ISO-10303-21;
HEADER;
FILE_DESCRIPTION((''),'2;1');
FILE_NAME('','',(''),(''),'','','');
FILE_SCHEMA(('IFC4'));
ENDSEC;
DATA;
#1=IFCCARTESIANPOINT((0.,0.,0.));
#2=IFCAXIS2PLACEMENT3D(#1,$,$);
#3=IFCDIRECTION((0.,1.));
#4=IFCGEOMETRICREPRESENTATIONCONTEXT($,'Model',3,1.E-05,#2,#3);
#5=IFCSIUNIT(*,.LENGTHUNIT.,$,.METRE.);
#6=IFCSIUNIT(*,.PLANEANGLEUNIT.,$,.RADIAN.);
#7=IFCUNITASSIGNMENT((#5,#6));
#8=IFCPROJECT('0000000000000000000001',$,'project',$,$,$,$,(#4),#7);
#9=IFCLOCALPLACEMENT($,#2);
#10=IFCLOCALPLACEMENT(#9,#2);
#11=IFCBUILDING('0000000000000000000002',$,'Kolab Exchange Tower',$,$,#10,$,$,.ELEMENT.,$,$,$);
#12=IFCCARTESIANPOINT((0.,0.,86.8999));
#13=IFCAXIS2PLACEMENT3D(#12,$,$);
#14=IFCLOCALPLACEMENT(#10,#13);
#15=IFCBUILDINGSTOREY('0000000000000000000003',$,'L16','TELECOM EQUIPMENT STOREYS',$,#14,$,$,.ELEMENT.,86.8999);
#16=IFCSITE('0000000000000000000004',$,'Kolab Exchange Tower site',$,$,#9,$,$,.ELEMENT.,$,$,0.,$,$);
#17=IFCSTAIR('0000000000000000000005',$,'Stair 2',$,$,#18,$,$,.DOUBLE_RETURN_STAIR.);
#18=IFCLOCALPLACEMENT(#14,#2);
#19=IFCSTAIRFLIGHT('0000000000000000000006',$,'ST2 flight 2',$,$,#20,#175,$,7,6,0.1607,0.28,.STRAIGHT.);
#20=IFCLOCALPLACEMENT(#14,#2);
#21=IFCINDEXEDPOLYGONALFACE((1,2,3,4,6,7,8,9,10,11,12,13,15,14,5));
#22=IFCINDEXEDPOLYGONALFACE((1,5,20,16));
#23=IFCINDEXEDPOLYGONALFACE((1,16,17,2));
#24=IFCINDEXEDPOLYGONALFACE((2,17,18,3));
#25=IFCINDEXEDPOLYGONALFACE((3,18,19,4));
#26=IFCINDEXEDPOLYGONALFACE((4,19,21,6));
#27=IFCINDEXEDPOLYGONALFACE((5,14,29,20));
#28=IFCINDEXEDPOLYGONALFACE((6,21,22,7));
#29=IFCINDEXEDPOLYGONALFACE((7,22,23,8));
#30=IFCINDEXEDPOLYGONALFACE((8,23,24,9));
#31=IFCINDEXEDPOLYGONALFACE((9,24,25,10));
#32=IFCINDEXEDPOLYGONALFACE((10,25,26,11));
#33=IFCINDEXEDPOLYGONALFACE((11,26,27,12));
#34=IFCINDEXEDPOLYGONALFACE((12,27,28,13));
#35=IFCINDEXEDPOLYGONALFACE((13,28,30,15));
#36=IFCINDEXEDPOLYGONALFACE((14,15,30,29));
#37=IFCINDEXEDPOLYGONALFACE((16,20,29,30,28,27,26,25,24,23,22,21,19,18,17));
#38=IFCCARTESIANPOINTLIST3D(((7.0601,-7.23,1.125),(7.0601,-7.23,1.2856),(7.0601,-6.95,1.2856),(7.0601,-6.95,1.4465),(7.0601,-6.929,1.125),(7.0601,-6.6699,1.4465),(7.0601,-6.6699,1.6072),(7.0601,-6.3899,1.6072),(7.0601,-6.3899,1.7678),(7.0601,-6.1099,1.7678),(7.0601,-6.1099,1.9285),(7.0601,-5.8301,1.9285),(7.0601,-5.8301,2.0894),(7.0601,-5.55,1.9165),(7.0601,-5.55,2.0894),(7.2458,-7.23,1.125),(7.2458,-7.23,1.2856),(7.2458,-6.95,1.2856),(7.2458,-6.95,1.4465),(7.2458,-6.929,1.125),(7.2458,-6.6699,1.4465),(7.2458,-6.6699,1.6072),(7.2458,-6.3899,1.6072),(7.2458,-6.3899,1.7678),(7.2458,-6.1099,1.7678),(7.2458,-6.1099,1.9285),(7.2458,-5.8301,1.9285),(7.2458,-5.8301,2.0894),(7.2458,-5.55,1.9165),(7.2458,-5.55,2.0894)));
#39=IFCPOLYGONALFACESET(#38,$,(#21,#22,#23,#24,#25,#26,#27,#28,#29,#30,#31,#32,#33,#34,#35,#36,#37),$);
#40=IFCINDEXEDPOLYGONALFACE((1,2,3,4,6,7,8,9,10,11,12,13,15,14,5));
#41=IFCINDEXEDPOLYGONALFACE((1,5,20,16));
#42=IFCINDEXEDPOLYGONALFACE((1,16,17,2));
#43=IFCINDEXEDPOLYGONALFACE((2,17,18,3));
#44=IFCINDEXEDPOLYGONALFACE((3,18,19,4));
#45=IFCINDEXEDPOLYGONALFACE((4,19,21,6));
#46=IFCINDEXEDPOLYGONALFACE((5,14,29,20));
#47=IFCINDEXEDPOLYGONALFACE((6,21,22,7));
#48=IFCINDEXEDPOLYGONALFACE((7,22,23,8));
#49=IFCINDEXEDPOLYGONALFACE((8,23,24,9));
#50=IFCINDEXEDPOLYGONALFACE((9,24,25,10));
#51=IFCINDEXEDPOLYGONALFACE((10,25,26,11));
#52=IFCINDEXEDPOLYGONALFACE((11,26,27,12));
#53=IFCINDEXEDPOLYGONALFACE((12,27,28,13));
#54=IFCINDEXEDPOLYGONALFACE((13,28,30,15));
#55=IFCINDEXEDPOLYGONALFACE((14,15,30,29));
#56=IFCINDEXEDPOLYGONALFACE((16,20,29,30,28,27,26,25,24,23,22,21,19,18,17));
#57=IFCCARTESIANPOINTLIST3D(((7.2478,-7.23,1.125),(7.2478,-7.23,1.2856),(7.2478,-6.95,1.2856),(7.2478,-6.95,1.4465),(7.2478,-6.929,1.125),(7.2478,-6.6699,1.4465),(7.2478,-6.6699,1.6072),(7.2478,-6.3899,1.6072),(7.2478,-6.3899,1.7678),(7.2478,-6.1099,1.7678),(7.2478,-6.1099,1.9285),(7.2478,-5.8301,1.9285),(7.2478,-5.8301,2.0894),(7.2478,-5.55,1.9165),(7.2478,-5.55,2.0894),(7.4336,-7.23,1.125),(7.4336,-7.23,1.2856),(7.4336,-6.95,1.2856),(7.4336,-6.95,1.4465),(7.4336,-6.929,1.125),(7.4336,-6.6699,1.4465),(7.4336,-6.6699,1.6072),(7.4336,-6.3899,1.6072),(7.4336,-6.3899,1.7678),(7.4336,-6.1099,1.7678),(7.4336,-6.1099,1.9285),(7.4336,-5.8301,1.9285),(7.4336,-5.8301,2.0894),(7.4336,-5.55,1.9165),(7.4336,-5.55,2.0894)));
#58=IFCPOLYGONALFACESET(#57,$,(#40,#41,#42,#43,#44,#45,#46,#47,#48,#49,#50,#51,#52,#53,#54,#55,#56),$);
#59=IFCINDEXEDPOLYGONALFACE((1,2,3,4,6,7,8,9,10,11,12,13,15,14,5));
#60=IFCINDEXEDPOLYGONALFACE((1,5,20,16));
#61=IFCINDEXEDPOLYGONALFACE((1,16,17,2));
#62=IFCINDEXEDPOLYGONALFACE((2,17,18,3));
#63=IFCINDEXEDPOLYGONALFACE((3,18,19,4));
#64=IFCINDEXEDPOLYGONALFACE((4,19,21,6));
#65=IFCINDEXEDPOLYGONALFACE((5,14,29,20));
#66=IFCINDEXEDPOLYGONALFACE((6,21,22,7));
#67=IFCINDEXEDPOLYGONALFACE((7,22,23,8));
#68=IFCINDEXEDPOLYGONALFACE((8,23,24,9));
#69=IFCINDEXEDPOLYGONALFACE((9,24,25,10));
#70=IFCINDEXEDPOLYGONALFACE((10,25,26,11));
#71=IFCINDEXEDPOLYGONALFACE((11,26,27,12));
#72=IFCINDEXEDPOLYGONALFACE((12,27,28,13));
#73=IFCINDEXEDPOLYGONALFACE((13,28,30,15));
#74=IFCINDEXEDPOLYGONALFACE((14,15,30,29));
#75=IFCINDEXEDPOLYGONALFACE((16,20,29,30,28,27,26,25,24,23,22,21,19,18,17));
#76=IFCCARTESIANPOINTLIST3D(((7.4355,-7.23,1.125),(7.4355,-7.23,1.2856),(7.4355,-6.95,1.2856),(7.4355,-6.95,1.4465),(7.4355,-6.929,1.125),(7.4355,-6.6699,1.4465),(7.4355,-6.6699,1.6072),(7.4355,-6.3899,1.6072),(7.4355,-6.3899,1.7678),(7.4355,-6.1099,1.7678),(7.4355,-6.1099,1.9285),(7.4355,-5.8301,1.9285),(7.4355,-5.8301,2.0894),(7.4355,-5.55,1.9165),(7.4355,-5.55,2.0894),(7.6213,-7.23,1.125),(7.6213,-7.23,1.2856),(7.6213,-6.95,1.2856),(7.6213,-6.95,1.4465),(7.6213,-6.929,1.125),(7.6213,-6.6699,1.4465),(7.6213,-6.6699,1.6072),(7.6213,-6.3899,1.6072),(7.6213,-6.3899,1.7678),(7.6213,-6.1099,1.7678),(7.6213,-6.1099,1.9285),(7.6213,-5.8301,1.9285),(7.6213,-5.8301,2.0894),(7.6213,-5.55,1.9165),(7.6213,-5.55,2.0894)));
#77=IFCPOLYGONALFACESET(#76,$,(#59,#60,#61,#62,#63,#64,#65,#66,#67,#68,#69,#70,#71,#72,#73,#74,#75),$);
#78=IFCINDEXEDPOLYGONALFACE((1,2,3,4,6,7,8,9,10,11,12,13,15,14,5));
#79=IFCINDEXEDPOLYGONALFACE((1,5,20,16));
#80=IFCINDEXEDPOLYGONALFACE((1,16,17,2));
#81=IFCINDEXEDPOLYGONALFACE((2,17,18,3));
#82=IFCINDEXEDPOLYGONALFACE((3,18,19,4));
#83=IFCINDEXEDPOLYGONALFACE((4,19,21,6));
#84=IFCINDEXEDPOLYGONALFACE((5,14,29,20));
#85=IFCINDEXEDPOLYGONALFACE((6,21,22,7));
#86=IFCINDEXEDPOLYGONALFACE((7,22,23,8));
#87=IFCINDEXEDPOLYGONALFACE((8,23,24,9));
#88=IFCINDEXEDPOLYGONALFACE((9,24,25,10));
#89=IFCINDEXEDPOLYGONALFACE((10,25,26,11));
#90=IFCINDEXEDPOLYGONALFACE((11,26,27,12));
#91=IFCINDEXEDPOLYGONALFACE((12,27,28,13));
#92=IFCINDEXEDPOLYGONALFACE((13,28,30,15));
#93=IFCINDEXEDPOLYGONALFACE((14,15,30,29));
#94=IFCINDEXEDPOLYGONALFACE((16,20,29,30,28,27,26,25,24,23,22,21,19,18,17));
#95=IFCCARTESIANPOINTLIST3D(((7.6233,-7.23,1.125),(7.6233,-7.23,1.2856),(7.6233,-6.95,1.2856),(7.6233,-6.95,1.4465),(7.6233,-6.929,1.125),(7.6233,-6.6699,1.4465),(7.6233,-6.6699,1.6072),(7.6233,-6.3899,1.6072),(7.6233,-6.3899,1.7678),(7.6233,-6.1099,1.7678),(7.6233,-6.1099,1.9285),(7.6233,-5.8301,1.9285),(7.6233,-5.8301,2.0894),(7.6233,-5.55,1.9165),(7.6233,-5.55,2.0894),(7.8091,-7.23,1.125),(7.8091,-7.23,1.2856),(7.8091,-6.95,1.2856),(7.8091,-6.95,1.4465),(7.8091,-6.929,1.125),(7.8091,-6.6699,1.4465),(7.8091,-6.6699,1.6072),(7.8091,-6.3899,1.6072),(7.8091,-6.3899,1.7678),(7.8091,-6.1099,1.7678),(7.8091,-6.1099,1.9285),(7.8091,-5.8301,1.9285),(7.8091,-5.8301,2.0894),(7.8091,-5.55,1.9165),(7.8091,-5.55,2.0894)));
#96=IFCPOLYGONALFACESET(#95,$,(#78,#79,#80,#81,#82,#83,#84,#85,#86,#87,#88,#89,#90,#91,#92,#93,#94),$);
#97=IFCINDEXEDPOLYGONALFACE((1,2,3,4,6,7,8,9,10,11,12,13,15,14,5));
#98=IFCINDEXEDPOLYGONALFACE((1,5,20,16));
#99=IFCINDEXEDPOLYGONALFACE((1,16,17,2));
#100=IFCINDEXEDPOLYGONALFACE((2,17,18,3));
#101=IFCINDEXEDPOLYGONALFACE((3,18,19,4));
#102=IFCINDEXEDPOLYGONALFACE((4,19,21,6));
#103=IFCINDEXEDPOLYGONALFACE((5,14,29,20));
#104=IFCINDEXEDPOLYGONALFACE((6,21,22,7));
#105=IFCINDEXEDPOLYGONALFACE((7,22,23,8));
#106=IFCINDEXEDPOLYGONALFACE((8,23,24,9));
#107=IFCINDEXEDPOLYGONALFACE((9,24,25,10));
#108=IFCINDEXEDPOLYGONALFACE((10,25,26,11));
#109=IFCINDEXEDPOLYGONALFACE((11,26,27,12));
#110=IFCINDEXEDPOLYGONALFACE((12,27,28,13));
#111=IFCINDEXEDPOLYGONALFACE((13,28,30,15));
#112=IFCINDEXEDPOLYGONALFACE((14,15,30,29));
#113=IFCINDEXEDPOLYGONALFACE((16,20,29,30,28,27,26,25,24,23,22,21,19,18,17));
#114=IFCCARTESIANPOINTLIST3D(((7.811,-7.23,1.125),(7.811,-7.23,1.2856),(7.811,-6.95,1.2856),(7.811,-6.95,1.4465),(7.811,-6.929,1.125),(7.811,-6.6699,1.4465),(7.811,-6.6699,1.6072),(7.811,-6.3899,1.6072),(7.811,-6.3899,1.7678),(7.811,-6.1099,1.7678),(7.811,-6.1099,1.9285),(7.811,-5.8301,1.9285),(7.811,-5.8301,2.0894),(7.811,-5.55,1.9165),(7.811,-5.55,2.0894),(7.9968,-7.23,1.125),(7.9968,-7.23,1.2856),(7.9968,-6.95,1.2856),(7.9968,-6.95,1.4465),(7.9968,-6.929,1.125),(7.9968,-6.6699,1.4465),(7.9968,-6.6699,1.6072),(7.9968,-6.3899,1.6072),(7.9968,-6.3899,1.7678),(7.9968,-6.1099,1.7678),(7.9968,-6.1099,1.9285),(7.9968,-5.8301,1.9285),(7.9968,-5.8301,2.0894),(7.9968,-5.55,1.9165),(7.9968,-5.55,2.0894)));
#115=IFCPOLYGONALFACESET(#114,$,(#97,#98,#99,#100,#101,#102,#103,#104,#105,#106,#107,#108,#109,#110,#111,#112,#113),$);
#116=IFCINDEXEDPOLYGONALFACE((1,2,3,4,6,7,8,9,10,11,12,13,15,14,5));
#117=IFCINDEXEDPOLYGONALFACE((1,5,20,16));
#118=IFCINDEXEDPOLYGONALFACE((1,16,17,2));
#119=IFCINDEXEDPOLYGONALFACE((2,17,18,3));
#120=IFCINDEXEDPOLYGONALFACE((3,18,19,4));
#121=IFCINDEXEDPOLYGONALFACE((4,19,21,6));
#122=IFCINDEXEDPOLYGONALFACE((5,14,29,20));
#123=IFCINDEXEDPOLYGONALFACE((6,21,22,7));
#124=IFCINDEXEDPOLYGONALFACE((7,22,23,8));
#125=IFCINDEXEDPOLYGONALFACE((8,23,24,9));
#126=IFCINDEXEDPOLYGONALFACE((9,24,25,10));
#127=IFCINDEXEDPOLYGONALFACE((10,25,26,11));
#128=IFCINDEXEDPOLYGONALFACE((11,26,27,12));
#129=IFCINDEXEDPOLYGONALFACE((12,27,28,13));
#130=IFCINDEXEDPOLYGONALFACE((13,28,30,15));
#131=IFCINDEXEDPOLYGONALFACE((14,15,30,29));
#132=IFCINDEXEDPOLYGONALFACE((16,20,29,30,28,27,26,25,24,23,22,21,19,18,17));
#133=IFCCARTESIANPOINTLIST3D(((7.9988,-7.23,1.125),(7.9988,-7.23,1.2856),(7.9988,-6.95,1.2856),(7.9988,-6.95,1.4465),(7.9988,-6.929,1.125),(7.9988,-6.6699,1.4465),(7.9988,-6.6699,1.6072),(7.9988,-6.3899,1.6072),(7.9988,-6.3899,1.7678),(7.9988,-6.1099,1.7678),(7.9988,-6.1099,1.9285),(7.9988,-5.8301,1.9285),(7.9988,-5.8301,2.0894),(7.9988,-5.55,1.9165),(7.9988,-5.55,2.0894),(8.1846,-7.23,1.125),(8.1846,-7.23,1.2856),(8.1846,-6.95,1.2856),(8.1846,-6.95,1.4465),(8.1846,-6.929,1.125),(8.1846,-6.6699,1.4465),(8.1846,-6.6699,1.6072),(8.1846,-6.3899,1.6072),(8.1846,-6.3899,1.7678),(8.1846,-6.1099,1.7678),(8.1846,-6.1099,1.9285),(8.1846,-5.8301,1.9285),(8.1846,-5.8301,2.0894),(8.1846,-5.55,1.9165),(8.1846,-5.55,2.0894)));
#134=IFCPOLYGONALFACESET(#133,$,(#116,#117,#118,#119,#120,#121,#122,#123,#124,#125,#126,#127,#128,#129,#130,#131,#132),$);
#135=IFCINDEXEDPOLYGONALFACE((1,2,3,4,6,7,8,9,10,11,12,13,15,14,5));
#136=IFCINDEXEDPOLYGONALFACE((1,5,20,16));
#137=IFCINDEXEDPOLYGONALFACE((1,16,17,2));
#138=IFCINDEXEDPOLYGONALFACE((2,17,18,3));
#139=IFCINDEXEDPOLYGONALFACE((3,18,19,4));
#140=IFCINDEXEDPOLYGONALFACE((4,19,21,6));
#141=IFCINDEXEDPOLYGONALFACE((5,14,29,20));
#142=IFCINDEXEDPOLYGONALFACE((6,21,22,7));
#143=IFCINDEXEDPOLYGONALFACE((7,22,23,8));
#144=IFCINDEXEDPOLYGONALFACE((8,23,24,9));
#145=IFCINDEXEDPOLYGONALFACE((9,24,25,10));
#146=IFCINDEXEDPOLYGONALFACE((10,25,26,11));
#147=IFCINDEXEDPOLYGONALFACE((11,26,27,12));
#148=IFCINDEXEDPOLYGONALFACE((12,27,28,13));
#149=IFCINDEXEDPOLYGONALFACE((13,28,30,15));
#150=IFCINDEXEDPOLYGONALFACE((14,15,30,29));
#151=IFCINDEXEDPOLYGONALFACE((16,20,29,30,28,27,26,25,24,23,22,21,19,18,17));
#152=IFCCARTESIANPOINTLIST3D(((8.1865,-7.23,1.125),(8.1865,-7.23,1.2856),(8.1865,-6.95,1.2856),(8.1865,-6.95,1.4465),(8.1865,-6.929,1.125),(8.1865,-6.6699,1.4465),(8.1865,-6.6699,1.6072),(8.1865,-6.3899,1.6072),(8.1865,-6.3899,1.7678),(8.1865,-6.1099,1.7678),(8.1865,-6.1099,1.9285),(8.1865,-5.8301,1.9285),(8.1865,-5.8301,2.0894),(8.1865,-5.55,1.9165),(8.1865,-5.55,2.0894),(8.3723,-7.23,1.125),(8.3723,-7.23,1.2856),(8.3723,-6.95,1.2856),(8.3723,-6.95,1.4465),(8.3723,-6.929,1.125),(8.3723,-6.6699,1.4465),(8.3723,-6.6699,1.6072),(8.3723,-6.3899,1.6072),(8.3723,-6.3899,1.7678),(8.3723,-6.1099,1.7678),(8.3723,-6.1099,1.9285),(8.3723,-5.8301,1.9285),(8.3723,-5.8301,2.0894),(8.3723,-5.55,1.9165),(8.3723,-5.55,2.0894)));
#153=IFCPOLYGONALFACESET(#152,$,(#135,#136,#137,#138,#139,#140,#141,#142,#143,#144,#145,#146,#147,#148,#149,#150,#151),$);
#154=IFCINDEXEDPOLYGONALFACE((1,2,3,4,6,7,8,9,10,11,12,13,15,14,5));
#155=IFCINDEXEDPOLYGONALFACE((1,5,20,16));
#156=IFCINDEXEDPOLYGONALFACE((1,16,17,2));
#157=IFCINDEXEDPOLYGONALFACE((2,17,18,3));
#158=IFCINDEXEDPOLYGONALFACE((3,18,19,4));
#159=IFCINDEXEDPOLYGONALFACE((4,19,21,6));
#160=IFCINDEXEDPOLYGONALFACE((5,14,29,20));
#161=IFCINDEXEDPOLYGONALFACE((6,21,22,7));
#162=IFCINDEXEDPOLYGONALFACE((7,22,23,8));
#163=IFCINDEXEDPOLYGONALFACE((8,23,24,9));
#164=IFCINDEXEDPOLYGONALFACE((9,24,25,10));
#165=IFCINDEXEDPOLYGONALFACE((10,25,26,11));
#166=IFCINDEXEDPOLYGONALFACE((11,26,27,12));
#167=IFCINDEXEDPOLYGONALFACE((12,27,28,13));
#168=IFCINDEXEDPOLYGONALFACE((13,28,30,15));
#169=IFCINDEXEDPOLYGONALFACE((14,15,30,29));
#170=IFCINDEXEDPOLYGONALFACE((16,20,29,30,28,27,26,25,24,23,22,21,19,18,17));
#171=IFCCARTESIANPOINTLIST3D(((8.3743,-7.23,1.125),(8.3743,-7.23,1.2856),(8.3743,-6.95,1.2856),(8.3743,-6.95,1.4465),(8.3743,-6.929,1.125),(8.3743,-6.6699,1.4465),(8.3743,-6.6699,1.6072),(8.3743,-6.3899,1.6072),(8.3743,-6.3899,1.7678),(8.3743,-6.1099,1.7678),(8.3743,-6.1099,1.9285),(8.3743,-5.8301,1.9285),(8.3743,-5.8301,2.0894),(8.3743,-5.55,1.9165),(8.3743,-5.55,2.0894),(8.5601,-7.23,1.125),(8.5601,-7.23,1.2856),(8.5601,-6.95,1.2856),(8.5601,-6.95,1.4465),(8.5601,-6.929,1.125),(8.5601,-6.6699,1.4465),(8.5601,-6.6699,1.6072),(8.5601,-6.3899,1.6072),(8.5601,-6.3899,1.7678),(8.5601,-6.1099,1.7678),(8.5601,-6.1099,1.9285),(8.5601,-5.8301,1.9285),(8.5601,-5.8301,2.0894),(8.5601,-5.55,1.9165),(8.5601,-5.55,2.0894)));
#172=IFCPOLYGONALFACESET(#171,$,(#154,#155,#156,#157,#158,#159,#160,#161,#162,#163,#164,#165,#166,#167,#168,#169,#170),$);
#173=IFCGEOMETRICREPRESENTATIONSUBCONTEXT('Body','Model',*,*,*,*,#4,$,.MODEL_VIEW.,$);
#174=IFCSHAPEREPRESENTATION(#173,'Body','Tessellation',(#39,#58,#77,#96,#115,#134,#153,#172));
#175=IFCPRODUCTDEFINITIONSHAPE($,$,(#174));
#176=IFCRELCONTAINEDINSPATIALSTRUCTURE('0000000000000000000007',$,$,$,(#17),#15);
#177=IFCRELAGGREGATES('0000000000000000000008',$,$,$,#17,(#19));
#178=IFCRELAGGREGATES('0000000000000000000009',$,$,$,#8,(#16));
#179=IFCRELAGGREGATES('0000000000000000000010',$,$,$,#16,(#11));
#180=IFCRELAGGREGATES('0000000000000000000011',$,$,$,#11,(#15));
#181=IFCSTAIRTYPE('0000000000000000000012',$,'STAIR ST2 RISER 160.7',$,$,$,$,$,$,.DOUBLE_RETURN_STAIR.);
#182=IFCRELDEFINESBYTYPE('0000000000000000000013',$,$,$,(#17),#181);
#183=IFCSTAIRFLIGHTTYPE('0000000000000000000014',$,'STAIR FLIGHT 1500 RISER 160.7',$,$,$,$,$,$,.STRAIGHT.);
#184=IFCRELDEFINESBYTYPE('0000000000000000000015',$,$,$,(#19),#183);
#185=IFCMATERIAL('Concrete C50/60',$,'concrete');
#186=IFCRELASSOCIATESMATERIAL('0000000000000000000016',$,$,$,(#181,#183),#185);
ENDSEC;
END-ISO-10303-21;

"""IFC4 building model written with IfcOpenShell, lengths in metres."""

from ifc_helpers import new_model, si_unit, direction, frame, origin, place, context, subcontext, project, spatial, polyline, outline, extrude, material, type_object, element, aggregate, save


model = new_model("IFC4")

# Units and contexts
model_context = context("Model", 3, precision=1e-05, world=origin(), true_north=direction((0.0, 1.0)))
body_context = subcontext(model_context, "Body", "Model", "MODEL_VIEW")
ifc_project = project(units=[si_unit("LENGTHUNIT", "METRE"), si_unit("PLANEANGLEUNIT", "RADIAN")], contexts=[model_context])

# Site, building, storey
site_placement = place(None, origin())
site = spatial("IfcSite", under=ifc_project, at=site_placement, Name="Kolab Exchange Tower site", CompositionType="ELEMENT", RefElevation=0.0)
building_placement = place(site_placement, origin())
building = spatial("IfcBuilding", under=site, at=building_placement, Name="Kolab Exchange Tower", CompositionType="ELEMENT")
storey_placement = place(building_placement, frame((0.0, 0.0, 86.8999)))
storey = spatial("IfcBuildingStorey", under=building, at=storey_placement, Name="L16", Description="TELECOM EQUIPMENT STOREYS", CompositionType="ELEMENT", Elevation=86.8999)

# Shared definitions
ifc_material_1 = material(Name="Concrete C50/60", Category="concrete")

# Stair, stair flight
stair_type = type_object("IfcStairType", Name="STAIR ST2 RISER 160.7", PredefinedType="DOUBLE_RETURN_STAIR", material=ifc_material_1)
stair_placement = place(storey_placement, origin())
stair = element("IfcStair", 1, at=stair_placement, inside=storey, type_object=stair_type, Name="Stair 2", PredefinedType="DOUBLE_RETURN_STAIR")
stair_flight_type = type_object("IfcStairFlightType", Name="STAIR FLIGHT 1500 RISER 160.7", PredefinedType="STRAIGHT", material=ifc_material_1)
stair_flight_1_placement = place(storey_placement, frame((7.8101, -7.23, 1.125), z_axis=(0.0, 0.0, 1.0), x_axis=(0.0, 1.0, 0.0)))
stair_flight_1 = element("IfcStairFlight", 2, at=stair_flight_1_placement, type_object=stair_flight_type, Name="ST2 flight 2", NumberOfRisers=7, NumberOfTreads=6, PredefinedType="STRAIGHT", RiserHeight=0.1607, TreadLength=0.28, context=body_context, shape_type="SweptSolid", body=[
    extrude(outline(polyline([(0.0, 0.0), (0.0, 0.1606), (0.28, 0.1606), (0.28, 0.3215), (0.5601, 0.3215), (0.5601, 0.4822), (0.8401, 0.4822), (0.8401, 0.6428), (1.1201, 0.6428), (1.1201, 0.8035), (1.3999, 0.8035), (1.3999, 0.9644), (1.6799, 0.9644), (1.6799, 1.125), (1.6799, 0.7915), (0.301, 0.0), (0.0, 0.0)])), frame((0.0, 0.75, 0.0), z_axis=(0.0, -1.0, 0.0), x_axis=(1.0, 0.0, 0.0)), (0.0, 0.0, 1.0), 0.1858),
    extrude(outline(polyline([(0.0, 0.0), (0.0, 0.1606), (0.28, 0.1606), (0.28, 0.3215), (0.5601, 0.3215), (0.5601, 0.4822), (0.8401, 0.4822), (0.8401, 0.6428), (1.1201, 0.6428), (1.1201, 0.8035), (1.3999, 0.8035), (1.3999, 0.9644), (1.6799, 0.9644), (1.6799, 1.125), (1.6799, 0.7915), (0.301, 0.0), (0.0, 0.0)])), frame((0.0, 0.5623, 0.0), z_axis=(0.0, -1.0, 0.0), x_axis=(1.0, 0.0, 0.0)), (0.0, 0.0, 1.0), 0.1858),
    extrude(outline(polyline([(0.0, 0.0), (0.0, 0.1606), (0.28, 0.1606), (0.28, 0.3215), (0.5601, 0.3215), (0.5601, 0.4822), (0.8401, 0.4822), (0.8401, 0.6428), (1.1201, 0.6428), (1.1201, 0.8035), (1.3999, 0.8035), (1.3999, 0.9644), (1.6799, 0.9644), (1.6799, 1.125), (1.6799, 0.7915), (0.301, 0.0), (0.0, 0.0)])), frame((0.0, 0.3745, 0.0), z_axis=(0.0, -1.0, 0.0), x_axis=(1.0, 0.0, 0.0)), (0.0, 0.0, 1.0), 0.1858),
    extrude(outline(polyline([(0.0, 0.0), (0.0, 0.1606), (0.28, 0.1606), (0.28, 0.3215), (0.5601, 0.3215), (0.5601, 0.4822), (0.8401, 0.4822), (0.8401, 0.6428), (1.1201, 0.6428), (1.1201, 0.8035), (1.3999, 0.8035), (1.3999, 0.9644), (1.6799, 0.9644), (1.6799, 1.125), (1.6799, 0.7915), (0.301, 0.0), (0.0, 0.0)])), frame((0.0, 0.1868, 0.0), z_axis=(0.0, -1.0, 0.0), x_axis=(1.0, 0.0, 0.0)), (0.0, 0.0, 1.0), 0.1858),
    extrude(outline(polyline([(0.0, 0.0), (0.0, 0.1606), (0.28, 0.1606), (0.28, 0.3215), (0.5601, 0.3215), (0.5601, 0.4822), (0.8401, 0.4822), (0.8401, 0.6428), (1.1201, 0.6428), (1.1201, 0.8035), (1.3999, 0.8035), (1.3999, 0.9644), (1.6799, 0.9644), (1.6799, 1.125), (1.6799, 0.7915), (0.301, 0.0), (0.0, 0.0)])), frame((0.0, -0.001, 0.0), z_axis=(0.0, -1.0, 0.0), x_axis=(1.0, 0.0, 0.0)), (0.0, 0.0, 1.0), 0.1858),
    extrude(outline(polyline([(0.0, 0.0), (0.0, 0.1606), (0.28, 0.1606), (0.28, 0.3215), (0.5601, 0.3215), (0.5601, 0.4822), (0.8401, 0.4822), (0.8401, 0.6428), (1.1201, 0.6428), (1.1201, 0.8035), (1.3999, 0.8035), (1.3999, 0.9644), (1.6799, 0.9644), (1.6799, 1.125), (1.6799, 0.7915), (0.301, 0.0), (0.0, 0.0)])), frame((0.0, -0.1887, 0.0), z_axis=(0.0, -1.0, 0.0), x_axis=(1.0, 0.0, 0.0)), (0.0, 0.0, 1.0), 0.1858),
    extrude(outline(polyline([(0.0, 0.0), (0.0, 0.1606), (0.28, 0.1606), (0.28, 0.3215), (0.5601, 0.3215), (0.5601, 0.4822), (0.8401, 0.4822), (0.8401, 0.6428), (1.1201, 0.6428), (1.1201, 0.8035), (1.3999, 0.8035), (1.3999, 0.9644), (1.6799, 0.9644), (1.6799, 1.125), (1.6799, 0.7915), (0.301, 0.0), (0.0, 0.0)])), frame((0.0, -0.3765, 0.0), z_axis=(0.0, -1.0, 0.0), x_axis=(1.0, 0.0, 0.0)), (0.0, 0.0, 1.0), 0.1858),
    extrude(outline(polyline([(0.0, 0.0), (0.0, 0.1606), (0.28, 0.1606), (0.28, 0.3215), (0.5601, 0.3215), (0.5601, 0.4822), (0.8401, 0.4822), (0.8401, 0.6428), (1.1201, 0.6428), (1.1201, 0.8035), (1.3999, 0.8035), (1.3999, 0.9644), (1.6799, 0.9644), (1.6799, 1.125), (1.6799, 0.7915), (0.301, 0.0), (0.0, 0.0)])), frame((0.0, -0.5642, 0.0), z_axis=(0.0, -1.0, 0.0), x_axis=(1.0, 0.0, 0.0)), (0.0, 0.0, 1.0), 0.1858),
])
aggregate(stair, [stair_flight_1])

save(model, "model.ifc")
